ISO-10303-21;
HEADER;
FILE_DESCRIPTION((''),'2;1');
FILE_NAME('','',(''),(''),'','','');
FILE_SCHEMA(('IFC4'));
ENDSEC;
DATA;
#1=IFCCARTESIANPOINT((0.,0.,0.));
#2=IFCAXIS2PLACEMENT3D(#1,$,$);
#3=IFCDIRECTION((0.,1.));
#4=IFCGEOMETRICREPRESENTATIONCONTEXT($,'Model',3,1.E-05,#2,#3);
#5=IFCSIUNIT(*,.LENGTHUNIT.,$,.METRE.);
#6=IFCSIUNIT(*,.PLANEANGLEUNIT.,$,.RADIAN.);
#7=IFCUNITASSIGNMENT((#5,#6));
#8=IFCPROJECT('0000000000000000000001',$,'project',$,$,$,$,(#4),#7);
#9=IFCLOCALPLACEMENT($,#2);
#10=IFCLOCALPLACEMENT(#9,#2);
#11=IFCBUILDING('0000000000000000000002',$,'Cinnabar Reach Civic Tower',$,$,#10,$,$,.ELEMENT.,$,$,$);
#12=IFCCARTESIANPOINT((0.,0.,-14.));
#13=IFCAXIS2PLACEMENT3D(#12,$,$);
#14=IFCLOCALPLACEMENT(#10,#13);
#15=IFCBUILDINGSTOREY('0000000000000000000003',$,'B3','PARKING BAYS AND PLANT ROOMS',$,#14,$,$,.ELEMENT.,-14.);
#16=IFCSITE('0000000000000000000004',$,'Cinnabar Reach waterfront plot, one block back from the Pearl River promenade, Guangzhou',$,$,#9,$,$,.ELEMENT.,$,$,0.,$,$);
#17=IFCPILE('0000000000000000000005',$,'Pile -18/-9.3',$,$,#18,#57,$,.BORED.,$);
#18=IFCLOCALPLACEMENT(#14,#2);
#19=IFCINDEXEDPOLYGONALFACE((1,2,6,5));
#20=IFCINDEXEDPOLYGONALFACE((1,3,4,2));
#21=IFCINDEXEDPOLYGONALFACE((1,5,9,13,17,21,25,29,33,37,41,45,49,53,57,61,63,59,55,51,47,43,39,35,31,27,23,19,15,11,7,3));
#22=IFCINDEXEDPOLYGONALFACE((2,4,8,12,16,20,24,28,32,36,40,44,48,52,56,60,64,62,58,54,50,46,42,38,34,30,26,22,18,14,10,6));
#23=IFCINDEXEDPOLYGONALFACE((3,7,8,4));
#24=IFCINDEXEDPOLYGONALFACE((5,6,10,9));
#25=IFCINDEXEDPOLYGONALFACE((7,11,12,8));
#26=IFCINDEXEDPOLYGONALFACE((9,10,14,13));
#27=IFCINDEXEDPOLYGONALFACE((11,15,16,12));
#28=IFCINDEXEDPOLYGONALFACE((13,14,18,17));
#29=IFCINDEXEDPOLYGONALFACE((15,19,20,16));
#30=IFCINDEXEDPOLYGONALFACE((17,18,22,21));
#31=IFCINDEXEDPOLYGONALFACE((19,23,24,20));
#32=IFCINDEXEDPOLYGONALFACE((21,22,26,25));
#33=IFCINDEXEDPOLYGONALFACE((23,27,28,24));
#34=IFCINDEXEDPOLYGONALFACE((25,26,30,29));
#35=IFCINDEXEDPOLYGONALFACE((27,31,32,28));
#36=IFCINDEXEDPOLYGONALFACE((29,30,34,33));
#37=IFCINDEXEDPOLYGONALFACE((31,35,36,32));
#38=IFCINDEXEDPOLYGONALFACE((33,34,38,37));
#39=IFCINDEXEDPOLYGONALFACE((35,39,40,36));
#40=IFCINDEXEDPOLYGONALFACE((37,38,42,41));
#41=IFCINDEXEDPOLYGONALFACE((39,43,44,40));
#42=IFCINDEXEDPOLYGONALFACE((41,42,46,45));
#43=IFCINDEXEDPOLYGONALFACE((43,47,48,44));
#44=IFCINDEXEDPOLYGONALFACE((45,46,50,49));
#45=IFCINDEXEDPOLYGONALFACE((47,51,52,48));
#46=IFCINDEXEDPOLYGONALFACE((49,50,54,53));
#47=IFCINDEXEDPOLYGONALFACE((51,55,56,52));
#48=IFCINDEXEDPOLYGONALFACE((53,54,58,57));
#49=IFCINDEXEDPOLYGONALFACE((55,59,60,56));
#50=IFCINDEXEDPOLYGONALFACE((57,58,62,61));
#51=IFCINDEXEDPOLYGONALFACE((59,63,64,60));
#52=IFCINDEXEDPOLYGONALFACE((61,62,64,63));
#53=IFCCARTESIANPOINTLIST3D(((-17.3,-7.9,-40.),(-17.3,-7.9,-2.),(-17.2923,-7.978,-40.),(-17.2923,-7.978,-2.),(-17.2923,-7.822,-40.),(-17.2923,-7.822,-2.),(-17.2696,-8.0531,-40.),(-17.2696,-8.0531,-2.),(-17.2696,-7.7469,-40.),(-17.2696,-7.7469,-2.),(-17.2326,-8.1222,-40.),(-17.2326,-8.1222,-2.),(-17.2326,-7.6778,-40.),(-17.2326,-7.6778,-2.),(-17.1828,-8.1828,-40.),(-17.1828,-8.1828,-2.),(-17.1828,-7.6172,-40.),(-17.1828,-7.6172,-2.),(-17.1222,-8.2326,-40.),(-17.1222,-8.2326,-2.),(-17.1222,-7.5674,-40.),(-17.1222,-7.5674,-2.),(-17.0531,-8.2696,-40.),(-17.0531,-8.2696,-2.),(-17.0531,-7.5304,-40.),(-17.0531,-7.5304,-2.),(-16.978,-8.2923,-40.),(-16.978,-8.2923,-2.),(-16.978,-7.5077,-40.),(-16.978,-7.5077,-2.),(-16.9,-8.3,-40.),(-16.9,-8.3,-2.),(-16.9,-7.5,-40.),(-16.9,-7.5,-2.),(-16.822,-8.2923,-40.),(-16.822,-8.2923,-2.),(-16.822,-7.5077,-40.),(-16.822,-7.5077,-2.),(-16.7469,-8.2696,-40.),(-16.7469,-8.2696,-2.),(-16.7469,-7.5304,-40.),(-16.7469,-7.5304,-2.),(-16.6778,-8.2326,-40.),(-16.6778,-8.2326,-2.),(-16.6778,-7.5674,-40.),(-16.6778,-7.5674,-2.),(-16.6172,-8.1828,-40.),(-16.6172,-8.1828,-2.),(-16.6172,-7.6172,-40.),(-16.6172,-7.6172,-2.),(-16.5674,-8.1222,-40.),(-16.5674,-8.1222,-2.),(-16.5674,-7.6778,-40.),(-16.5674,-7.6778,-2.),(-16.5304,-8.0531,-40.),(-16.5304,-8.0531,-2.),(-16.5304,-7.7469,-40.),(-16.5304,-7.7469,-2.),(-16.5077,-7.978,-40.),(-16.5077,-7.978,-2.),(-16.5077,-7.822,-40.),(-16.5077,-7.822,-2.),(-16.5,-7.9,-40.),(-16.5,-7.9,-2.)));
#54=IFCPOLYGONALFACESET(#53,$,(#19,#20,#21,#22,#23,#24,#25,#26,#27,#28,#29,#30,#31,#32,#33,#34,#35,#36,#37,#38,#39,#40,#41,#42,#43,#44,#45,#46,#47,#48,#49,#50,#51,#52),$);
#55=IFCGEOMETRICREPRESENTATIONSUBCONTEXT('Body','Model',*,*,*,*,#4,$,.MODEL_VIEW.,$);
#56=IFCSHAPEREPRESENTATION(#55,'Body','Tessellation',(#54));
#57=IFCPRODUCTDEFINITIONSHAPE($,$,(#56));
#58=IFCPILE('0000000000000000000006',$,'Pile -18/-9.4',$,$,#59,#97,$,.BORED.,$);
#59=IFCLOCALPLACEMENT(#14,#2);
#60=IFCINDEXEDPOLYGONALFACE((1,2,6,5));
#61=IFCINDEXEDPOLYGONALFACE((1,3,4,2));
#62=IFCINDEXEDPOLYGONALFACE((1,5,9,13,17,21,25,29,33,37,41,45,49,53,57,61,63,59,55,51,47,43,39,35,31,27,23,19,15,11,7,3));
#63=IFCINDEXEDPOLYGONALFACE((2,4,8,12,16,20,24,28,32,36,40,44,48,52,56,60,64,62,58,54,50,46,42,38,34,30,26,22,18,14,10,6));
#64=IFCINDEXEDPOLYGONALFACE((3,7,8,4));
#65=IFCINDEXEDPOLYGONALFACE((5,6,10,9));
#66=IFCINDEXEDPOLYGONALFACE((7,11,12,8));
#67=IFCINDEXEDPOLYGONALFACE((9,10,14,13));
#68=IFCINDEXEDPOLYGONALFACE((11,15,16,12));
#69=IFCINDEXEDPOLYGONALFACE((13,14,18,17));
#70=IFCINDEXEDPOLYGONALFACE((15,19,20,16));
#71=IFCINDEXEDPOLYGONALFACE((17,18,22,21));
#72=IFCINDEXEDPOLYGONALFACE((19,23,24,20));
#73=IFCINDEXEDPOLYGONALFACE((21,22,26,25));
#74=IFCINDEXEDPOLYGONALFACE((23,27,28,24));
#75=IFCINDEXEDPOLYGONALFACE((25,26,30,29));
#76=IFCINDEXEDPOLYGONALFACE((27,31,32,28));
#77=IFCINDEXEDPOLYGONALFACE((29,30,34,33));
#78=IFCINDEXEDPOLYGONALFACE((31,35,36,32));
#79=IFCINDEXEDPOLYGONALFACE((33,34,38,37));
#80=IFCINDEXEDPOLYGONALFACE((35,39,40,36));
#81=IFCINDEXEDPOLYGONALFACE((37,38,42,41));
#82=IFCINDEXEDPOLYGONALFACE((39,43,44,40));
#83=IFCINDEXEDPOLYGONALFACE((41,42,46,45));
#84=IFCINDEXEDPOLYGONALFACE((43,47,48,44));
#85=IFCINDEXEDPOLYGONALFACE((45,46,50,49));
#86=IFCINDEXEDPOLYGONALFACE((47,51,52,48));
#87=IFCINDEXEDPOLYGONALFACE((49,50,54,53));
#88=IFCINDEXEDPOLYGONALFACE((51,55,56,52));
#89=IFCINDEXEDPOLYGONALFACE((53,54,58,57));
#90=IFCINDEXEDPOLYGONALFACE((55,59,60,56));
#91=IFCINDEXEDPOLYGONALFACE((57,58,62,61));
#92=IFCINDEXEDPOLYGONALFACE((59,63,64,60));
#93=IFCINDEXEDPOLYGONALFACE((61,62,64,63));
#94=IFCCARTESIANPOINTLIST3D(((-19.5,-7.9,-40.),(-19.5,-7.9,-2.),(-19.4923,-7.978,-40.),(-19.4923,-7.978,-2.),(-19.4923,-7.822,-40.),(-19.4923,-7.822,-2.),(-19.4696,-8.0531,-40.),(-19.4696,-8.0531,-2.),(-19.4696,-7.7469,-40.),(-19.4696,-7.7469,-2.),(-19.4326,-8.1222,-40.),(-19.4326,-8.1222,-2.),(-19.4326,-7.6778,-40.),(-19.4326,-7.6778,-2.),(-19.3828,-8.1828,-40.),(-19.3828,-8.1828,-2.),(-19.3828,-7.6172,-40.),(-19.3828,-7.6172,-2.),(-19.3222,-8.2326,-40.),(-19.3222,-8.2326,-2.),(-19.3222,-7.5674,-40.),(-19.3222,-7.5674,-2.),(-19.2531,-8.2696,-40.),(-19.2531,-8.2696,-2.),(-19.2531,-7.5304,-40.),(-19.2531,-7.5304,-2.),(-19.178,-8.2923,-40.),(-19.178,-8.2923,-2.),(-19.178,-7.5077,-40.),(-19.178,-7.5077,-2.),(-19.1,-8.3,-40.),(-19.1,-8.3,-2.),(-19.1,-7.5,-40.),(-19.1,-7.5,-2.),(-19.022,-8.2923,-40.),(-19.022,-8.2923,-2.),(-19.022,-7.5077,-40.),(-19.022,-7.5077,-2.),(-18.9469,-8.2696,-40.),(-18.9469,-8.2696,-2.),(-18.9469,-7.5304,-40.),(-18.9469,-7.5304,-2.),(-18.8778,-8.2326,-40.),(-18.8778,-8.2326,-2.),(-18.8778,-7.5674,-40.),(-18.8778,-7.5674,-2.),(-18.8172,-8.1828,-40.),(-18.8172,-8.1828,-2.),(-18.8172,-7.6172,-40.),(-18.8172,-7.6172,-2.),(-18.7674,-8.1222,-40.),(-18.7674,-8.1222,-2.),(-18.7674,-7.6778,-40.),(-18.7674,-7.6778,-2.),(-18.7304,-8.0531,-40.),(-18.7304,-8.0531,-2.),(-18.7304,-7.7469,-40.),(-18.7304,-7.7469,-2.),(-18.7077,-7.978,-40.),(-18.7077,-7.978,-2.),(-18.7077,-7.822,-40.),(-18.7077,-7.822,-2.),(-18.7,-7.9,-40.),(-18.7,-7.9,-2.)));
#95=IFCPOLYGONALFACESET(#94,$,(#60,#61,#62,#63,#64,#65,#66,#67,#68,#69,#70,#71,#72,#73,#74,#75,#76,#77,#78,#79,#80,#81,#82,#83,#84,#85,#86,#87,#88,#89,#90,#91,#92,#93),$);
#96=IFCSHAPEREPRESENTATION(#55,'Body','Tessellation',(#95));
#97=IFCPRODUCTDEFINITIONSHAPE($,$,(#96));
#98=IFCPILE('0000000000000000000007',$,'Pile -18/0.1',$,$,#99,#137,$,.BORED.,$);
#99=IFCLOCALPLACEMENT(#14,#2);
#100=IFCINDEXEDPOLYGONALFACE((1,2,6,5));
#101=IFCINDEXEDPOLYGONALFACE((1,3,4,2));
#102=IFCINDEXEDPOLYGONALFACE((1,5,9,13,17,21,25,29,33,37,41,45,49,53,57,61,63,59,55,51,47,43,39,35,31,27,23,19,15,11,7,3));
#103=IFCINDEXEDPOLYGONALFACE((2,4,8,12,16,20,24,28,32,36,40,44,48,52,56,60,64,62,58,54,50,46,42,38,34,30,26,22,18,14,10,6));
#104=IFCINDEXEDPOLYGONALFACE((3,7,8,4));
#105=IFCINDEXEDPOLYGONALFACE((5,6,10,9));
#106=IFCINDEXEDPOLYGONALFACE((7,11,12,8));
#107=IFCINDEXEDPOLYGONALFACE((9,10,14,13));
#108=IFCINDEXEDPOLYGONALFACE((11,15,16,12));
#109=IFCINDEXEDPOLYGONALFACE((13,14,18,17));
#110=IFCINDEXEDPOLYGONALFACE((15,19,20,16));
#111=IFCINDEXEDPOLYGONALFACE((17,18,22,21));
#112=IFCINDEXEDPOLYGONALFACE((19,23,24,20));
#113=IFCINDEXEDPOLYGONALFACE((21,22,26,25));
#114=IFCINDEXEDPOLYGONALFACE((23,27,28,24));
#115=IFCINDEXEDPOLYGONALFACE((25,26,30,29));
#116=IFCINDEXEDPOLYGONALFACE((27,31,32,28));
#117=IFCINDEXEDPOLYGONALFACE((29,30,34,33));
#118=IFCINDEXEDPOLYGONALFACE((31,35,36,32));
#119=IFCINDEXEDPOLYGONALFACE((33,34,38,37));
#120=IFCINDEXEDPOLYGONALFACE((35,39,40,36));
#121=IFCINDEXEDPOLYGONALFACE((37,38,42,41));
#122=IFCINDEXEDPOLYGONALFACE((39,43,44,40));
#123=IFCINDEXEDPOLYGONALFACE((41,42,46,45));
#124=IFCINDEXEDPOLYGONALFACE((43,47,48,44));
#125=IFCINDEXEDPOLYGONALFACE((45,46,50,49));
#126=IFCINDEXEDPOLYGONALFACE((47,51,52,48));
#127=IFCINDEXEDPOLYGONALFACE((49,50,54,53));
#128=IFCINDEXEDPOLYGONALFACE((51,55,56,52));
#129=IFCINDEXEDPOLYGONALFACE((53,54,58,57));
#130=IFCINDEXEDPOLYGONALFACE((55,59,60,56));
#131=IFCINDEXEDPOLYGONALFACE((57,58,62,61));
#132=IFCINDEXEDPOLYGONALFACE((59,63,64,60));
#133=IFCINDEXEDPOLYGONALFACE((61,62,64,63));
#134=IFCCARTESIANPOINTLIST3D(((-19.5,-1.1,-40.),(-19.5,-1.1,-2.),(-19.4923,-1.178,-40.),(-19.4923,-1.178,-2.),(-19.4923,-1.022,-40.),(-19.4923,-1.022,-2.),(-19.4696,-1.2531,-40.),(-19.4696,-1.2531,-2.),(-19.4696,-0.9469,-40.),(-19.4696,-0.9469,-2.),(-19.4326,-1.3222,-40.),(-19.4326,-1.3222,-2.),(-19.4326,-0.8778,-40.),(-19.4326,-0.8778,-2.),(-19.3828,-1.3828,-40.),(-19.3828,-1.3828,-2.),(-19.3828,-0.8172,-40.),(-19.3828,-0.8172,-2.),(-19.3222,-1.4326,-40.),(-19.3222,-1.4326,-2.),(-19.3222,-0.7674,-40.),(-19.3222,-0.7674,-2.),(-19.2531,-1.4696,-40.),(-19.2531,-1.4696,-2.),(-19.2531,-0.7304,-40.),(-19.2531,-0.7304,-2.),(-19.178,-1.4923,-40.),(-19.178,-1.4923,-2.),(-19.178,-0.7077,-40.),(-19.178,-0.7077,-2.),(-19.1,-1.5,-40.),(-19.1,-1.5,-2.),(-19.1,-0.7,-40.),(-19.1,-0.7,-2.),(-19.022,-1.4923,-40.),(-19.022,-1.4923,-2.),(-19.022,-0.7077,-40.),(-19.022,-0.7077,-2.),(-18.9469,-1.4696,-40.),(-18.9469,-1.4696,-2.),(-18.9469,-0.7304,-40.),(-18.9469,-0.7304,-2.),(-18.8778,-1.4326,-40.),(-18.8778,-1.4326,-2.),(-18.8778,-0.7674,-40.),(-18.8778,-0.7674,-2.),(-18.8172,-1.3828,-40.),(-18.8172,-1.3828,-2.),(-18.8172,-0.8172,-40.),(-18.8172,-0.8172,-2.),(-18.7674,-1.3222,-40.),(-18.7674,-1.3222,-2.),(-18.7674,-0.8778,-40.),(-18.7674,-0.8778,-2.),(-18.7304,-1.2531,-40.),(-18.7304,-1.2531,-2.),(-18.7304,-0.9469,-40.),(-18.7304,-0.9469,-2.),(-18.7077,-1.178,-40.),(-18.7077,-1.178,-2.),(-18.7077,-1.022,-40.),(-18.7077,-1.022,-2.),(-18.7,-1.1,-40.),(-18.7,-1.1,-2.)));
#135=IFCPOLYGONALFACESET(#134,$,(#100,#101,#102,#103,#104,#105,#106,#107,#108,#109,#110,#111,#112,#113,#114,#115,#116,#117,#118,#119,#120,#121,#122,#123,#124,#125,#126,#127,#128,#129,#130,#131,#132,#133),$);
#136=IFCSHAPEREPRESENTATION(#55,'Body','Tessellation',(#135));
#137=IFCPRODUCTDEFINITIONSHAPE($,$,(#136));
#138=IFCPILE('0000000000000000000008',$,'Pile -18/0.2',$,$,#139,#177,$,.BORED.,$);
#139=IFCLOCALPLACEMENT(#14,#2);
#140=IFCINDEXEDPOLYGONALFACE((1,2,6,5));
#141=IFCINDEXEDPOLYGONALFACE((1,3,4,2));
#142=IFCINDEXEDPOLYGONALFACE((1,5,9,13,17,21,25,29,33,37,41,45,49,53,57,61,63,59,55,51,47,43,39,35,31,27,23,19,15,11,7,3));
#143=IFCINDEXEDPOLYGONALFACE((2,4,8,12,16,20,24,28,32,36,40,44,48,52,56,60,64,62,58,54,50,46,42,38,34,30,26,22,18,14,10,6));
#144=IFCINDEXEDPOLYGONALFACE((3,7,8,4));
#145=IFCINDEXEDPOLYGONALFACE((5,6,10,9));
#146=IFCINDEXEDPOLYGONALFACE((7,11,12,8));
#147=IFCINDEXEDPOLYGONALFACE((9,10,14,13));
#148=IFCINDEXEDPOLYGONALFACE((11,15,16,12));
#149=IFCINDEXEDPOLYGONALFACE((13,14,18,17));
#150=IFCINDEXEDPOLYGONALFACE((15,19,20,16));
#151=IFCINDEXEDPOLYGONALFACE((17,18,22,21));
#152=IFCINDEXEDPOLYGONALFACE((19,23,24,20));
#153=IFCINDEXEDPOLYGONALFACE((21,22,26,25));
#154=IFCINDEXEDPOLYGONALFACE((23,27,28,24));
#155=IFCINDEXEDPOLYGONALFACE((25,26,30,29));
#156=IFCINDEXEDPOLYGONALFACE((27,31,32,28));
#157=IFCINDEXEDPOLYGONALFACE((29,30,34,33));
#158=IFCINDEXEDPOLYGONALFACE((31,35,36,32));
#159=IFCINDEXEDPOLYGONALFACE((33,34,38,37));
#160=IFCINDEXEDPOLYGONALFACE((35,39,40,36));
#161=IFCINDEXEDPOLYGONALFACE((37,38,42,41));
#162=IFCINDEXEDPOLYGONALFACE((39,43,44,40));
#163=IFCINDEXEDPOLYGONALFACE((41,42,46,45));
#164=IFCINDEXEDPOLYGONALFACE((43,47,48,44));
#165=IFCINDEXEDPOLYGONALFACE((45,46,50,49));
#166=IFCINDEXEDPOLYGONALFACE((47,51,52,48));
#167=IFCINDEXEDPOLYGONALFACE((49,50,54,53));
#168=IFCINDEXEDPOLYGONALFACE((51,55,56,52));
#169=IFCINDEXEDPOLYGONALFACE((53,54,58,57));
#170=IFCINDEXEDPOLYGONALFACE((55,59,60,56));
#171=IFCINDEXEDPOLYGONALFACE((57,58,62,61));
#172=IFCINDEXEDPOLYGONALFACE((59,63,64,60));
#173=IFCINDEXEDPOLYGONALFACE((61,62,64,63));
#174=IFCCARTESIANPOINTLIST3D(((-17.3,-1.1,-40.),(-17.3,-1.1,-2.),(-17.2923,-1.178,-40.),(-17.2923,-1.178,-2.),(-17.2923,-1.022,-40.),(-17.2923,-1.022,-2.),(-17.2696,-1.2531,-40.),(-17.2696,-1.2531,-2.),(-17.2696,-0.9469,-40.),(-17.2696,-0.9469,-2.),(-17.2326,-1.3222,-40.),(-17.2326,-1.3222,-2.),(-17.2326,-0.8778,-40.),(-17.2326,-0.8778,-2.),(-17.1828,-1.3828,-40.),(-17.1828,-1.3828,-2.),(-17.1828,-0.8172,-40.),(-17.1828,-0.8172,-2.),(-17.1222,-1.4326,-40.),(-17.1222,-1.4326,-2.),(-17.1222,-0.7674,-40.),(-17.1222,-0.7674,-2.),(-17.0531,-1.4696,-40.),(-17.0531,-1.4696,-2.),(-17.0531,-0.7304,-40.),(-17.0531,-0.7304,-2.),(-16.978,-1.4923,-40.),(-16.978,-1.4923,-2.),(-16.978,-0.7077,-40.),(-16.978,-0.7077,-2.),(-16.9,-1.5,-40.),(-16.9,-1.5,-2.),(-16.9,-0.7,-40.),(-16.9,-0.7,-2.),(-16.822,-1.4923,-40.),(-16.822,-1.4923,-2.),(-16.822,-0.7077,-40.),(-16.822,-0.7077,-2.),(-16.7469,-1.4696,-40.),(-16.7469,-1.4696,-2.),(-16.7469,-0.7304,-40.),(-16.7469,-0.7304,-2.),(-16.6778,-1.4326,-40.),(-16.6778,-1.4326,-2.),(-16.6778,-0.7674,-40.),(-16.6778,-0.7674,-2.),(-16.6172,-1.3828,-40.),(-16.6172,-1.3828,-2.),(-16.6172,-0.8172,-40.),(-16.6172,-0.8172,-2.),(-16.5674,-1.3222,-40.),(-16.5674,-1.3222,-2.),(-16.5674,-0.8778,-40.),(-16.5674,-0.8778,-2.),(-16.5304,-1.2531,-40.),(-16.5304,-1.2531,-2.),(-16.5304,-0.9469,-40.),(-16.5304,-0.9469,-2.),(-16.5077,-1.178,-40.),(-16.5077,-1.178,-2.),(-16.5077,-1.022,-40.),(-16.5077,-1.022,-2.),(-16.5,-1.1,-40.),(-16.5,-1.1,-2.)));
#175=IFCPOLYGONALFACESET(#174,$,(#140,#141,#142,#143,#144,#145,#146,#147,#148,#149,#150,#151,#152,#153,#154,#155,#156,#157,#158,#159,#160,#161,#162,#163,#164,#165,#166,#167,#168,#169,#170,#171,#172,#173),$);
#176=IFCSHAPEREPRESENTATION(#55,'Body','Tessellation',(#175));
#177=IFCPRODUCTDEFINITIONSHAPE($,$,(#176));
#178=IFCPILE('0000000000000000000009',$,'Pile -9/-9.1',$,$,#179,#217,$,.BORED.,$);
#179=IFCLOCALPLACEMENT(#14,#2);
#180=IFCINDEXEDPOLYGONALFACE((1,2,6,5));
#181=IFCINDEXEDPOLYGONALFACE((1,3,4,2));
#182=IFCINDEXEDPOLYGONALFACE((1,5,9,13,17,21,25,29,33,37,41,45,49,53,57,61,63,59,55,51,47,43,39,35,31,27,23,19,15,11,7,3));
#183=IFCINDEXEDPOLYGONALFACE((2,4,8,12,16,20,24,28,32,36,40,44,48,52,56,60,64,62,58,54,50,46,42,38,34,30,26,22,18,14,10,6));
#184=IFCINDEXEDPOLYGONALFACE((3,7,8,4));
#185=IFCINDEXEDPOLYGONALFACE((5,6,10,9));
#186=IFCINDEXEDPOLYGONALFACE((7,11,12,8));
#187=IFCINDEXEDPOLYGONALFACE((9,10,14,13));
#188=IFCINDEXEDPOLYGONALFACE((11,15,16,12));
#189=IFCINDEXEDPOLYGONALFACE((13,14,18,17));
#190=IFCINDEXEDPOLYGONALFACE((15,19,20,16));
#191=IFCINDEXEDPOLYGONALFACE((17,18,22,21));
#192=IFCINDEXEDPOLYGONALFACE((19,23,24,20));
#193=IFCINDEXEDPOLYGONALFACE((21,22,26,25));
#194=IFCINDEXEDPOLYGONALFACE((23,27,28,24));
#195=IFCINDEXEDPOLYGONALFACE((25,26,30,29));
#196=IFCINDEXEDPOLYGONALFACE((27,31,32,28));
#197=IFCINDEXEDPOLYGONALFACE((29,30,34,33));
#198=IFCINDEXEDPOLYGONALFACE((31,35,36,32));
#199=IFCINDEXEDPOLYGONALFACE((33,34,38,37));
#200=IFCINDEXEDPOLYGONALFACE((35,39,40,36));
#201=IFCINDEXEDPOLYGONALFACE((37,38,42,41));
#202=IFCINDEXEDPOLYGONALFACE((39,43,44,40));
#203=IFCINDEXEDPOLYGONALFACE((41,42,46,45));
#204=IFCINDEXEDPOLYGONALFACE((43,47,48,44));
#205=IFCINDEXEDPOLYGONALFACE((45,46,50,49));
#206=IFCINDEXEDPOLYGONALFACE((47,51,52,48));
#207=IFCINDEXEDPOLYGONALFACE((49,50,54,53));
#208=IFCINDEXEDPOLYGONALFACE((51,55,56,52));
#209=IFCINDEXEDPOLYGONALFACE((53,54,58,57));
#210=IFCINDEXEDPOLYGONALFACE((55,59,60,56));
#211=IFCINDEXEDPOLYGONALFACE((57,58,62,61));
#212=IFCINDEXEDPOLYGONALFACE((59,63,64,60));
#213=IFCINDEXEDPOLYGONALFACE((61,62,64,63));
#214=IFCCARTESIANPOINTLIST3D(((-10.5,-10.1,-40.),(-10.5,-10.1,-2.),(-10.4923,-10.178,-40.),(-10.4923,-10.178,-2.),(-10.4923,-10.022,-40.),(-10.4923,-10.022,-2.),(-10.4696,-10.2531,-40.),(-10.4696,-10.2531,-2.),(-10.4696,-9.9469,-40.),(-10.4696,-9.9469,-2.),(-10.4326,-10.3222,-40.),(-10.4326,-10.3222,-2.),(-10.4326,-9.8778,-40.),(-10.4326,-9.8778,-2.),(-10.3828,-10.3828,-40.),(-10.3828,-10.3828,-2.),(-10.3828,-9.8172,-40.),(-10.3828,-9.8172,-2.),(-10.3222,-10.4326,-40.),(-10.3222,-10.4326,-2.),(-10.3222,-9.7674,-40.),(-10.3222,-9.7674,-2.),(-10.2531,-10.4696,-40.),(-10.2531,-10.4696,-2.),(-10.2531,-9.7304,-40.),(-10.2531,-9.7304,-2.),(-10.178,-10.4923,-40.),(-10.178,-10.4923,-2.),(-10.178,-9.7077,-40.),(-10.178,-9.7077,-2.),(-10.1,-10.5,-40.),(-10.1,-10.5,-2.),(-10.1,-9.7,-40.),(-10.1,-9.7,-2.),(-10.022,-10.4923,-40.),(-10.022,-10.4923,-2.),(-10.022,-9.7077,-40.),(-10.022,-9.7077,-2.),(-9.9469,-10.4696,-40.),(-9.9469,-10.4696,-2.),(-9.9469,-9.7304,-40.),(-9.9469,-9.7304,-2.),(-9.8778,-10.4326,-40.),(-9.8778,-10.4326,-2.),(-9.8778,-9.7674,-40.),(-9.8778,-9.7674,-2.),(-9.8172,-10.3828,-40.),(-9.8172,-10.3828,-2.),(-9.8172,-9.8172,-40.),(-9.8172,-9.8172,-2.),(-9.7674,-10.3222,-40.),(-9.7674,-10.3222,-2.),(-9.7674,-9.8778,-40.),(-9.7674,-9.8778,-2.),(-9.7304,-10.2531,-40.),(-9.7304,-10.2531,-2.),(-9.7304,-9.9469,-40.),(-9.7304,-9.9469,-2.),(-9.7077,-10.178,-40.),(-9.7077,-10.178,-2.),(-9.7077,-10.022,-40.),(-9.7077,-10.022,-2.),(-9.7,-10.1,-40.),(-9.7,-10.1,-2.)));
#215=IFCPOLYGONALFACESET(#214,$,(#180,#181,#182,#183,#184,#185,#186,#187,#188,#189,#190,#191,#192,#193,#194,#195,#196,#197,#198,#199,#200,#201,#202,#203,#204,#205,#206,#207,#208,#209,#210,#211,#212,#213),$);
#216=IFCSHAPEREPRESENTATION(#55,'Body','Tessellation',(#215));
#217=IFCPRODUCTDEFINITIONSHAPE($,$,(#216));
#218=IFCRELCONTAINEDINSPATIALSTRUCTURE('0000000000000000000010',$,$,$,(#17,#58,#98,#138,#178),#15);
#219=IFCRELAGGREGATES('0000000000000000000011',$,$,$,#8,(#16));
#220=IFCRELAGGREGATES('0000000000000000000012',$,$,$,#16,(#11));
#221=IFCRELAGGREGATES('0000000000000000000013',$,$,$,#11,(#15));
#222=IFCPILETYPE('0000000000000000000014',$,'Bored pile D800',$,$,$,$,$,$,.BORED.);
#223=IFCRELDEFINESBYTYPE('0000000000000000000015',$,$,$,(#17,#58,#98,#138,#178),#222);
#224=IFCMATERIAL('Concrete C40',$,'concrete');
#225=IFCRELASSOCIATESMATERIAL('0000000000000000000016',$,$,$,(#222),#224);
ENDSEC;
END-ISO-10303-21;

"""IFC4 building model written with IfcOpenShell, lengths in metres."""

from ifc_helpers import new_model, si_unit, direction, frame, origin, origin_2d, place, context, subcontext, project, spatial, circle, extrude, material, type_object, element, save


model = new_model("IFC4")

# Units and contexts
model_context = context("Model", 3, precision=1e-05, world=origin(), true_north=direction((0.0, 1.0)))
body_context = subcontext(model_context, "Body", "Model", "MODEL_VIEW")
ifc_project = project(units=[si_unit("LENGTHUNIT", "METRE"), si_unit("PLANEANGLEUNIT", "RADIAN")], contexts=[model_context])

# Site, building, storey
site_placement = place(None, origin())
site = spatial("IfcSite", under=ifc_project, at=site_placement, Name="Cinnabar Reach waterfront plot, one block back from the Pearl River promenade, Guangzhou", CompositionType="ELEMENT", RefElevation=0.0)
building_placement = place(site_placement, origin())
building = spatial("IfcBuilding", under=site, at=building_placement, Name="Cinnabar Reach Civic Tower", CompositionType="ELEMENT")
storey_placement = place(building_placement, frame((0.0, 0.0, -14.0)))
storey = spatial("IfcBuildingStorey", under=building, at=storey_placement, Name="B3", Description="PARKING BAYS AND PLANT ROOMS", CompositionType="ELEMENT", Elevation=-14.0)

# Piles
ifc_material_1 = material(Name="Concrete C40", Category="concrete")
pile_type = type_object("IfcPileType", Name="Bored pile D800", PredefinedType="BORED", material=ifc_material_1)
for number, where, z_axis, x_axis, name in (
    (1, (-16.9, -7.9, -2.0), (0.0, 0.0, -1.0), (1.0, 0.0, 0.0), "Pile -18/-9.3"),
    (2, (-19.1, -7.9, -2.0), (0.0, 0.0, -1.0), (1.0, 0.0, 0.0), "Pile -18/-9.4"),
    (3, (-19.1, -1.1, -2.0), (0.0, 0.0, -1.0), (1.0, 0.0, 0.0), "Pile -18/0.1"),
    (4, (-16.9, -1.1, -2.0), (0.0, 0.0, -1.0), (1.0, 0.0, 0.0), "Pile -18/0.2"),
    (5, (-10.1, -10.1, -2.0), (0.0, 0.0, -1.0), (1.0, 0.0, 0.0), "Pile -9/-9.1"),
):
    element("IfcPile", number, at=place(storey_placement, frame(where, z_axis=z_axis, x_axis=x_axis)), inside=storey, type_object=pile_type, Name=name, PredefinedType="BORED", context=body_context, shape_type="SweptSolid", body=[
        extrude(circle(Radius=0.4, at=origin_2d()), origin(), (0.0, 0.0, 1.0), 38.0),
    ])

save(model, "model.ifc")
